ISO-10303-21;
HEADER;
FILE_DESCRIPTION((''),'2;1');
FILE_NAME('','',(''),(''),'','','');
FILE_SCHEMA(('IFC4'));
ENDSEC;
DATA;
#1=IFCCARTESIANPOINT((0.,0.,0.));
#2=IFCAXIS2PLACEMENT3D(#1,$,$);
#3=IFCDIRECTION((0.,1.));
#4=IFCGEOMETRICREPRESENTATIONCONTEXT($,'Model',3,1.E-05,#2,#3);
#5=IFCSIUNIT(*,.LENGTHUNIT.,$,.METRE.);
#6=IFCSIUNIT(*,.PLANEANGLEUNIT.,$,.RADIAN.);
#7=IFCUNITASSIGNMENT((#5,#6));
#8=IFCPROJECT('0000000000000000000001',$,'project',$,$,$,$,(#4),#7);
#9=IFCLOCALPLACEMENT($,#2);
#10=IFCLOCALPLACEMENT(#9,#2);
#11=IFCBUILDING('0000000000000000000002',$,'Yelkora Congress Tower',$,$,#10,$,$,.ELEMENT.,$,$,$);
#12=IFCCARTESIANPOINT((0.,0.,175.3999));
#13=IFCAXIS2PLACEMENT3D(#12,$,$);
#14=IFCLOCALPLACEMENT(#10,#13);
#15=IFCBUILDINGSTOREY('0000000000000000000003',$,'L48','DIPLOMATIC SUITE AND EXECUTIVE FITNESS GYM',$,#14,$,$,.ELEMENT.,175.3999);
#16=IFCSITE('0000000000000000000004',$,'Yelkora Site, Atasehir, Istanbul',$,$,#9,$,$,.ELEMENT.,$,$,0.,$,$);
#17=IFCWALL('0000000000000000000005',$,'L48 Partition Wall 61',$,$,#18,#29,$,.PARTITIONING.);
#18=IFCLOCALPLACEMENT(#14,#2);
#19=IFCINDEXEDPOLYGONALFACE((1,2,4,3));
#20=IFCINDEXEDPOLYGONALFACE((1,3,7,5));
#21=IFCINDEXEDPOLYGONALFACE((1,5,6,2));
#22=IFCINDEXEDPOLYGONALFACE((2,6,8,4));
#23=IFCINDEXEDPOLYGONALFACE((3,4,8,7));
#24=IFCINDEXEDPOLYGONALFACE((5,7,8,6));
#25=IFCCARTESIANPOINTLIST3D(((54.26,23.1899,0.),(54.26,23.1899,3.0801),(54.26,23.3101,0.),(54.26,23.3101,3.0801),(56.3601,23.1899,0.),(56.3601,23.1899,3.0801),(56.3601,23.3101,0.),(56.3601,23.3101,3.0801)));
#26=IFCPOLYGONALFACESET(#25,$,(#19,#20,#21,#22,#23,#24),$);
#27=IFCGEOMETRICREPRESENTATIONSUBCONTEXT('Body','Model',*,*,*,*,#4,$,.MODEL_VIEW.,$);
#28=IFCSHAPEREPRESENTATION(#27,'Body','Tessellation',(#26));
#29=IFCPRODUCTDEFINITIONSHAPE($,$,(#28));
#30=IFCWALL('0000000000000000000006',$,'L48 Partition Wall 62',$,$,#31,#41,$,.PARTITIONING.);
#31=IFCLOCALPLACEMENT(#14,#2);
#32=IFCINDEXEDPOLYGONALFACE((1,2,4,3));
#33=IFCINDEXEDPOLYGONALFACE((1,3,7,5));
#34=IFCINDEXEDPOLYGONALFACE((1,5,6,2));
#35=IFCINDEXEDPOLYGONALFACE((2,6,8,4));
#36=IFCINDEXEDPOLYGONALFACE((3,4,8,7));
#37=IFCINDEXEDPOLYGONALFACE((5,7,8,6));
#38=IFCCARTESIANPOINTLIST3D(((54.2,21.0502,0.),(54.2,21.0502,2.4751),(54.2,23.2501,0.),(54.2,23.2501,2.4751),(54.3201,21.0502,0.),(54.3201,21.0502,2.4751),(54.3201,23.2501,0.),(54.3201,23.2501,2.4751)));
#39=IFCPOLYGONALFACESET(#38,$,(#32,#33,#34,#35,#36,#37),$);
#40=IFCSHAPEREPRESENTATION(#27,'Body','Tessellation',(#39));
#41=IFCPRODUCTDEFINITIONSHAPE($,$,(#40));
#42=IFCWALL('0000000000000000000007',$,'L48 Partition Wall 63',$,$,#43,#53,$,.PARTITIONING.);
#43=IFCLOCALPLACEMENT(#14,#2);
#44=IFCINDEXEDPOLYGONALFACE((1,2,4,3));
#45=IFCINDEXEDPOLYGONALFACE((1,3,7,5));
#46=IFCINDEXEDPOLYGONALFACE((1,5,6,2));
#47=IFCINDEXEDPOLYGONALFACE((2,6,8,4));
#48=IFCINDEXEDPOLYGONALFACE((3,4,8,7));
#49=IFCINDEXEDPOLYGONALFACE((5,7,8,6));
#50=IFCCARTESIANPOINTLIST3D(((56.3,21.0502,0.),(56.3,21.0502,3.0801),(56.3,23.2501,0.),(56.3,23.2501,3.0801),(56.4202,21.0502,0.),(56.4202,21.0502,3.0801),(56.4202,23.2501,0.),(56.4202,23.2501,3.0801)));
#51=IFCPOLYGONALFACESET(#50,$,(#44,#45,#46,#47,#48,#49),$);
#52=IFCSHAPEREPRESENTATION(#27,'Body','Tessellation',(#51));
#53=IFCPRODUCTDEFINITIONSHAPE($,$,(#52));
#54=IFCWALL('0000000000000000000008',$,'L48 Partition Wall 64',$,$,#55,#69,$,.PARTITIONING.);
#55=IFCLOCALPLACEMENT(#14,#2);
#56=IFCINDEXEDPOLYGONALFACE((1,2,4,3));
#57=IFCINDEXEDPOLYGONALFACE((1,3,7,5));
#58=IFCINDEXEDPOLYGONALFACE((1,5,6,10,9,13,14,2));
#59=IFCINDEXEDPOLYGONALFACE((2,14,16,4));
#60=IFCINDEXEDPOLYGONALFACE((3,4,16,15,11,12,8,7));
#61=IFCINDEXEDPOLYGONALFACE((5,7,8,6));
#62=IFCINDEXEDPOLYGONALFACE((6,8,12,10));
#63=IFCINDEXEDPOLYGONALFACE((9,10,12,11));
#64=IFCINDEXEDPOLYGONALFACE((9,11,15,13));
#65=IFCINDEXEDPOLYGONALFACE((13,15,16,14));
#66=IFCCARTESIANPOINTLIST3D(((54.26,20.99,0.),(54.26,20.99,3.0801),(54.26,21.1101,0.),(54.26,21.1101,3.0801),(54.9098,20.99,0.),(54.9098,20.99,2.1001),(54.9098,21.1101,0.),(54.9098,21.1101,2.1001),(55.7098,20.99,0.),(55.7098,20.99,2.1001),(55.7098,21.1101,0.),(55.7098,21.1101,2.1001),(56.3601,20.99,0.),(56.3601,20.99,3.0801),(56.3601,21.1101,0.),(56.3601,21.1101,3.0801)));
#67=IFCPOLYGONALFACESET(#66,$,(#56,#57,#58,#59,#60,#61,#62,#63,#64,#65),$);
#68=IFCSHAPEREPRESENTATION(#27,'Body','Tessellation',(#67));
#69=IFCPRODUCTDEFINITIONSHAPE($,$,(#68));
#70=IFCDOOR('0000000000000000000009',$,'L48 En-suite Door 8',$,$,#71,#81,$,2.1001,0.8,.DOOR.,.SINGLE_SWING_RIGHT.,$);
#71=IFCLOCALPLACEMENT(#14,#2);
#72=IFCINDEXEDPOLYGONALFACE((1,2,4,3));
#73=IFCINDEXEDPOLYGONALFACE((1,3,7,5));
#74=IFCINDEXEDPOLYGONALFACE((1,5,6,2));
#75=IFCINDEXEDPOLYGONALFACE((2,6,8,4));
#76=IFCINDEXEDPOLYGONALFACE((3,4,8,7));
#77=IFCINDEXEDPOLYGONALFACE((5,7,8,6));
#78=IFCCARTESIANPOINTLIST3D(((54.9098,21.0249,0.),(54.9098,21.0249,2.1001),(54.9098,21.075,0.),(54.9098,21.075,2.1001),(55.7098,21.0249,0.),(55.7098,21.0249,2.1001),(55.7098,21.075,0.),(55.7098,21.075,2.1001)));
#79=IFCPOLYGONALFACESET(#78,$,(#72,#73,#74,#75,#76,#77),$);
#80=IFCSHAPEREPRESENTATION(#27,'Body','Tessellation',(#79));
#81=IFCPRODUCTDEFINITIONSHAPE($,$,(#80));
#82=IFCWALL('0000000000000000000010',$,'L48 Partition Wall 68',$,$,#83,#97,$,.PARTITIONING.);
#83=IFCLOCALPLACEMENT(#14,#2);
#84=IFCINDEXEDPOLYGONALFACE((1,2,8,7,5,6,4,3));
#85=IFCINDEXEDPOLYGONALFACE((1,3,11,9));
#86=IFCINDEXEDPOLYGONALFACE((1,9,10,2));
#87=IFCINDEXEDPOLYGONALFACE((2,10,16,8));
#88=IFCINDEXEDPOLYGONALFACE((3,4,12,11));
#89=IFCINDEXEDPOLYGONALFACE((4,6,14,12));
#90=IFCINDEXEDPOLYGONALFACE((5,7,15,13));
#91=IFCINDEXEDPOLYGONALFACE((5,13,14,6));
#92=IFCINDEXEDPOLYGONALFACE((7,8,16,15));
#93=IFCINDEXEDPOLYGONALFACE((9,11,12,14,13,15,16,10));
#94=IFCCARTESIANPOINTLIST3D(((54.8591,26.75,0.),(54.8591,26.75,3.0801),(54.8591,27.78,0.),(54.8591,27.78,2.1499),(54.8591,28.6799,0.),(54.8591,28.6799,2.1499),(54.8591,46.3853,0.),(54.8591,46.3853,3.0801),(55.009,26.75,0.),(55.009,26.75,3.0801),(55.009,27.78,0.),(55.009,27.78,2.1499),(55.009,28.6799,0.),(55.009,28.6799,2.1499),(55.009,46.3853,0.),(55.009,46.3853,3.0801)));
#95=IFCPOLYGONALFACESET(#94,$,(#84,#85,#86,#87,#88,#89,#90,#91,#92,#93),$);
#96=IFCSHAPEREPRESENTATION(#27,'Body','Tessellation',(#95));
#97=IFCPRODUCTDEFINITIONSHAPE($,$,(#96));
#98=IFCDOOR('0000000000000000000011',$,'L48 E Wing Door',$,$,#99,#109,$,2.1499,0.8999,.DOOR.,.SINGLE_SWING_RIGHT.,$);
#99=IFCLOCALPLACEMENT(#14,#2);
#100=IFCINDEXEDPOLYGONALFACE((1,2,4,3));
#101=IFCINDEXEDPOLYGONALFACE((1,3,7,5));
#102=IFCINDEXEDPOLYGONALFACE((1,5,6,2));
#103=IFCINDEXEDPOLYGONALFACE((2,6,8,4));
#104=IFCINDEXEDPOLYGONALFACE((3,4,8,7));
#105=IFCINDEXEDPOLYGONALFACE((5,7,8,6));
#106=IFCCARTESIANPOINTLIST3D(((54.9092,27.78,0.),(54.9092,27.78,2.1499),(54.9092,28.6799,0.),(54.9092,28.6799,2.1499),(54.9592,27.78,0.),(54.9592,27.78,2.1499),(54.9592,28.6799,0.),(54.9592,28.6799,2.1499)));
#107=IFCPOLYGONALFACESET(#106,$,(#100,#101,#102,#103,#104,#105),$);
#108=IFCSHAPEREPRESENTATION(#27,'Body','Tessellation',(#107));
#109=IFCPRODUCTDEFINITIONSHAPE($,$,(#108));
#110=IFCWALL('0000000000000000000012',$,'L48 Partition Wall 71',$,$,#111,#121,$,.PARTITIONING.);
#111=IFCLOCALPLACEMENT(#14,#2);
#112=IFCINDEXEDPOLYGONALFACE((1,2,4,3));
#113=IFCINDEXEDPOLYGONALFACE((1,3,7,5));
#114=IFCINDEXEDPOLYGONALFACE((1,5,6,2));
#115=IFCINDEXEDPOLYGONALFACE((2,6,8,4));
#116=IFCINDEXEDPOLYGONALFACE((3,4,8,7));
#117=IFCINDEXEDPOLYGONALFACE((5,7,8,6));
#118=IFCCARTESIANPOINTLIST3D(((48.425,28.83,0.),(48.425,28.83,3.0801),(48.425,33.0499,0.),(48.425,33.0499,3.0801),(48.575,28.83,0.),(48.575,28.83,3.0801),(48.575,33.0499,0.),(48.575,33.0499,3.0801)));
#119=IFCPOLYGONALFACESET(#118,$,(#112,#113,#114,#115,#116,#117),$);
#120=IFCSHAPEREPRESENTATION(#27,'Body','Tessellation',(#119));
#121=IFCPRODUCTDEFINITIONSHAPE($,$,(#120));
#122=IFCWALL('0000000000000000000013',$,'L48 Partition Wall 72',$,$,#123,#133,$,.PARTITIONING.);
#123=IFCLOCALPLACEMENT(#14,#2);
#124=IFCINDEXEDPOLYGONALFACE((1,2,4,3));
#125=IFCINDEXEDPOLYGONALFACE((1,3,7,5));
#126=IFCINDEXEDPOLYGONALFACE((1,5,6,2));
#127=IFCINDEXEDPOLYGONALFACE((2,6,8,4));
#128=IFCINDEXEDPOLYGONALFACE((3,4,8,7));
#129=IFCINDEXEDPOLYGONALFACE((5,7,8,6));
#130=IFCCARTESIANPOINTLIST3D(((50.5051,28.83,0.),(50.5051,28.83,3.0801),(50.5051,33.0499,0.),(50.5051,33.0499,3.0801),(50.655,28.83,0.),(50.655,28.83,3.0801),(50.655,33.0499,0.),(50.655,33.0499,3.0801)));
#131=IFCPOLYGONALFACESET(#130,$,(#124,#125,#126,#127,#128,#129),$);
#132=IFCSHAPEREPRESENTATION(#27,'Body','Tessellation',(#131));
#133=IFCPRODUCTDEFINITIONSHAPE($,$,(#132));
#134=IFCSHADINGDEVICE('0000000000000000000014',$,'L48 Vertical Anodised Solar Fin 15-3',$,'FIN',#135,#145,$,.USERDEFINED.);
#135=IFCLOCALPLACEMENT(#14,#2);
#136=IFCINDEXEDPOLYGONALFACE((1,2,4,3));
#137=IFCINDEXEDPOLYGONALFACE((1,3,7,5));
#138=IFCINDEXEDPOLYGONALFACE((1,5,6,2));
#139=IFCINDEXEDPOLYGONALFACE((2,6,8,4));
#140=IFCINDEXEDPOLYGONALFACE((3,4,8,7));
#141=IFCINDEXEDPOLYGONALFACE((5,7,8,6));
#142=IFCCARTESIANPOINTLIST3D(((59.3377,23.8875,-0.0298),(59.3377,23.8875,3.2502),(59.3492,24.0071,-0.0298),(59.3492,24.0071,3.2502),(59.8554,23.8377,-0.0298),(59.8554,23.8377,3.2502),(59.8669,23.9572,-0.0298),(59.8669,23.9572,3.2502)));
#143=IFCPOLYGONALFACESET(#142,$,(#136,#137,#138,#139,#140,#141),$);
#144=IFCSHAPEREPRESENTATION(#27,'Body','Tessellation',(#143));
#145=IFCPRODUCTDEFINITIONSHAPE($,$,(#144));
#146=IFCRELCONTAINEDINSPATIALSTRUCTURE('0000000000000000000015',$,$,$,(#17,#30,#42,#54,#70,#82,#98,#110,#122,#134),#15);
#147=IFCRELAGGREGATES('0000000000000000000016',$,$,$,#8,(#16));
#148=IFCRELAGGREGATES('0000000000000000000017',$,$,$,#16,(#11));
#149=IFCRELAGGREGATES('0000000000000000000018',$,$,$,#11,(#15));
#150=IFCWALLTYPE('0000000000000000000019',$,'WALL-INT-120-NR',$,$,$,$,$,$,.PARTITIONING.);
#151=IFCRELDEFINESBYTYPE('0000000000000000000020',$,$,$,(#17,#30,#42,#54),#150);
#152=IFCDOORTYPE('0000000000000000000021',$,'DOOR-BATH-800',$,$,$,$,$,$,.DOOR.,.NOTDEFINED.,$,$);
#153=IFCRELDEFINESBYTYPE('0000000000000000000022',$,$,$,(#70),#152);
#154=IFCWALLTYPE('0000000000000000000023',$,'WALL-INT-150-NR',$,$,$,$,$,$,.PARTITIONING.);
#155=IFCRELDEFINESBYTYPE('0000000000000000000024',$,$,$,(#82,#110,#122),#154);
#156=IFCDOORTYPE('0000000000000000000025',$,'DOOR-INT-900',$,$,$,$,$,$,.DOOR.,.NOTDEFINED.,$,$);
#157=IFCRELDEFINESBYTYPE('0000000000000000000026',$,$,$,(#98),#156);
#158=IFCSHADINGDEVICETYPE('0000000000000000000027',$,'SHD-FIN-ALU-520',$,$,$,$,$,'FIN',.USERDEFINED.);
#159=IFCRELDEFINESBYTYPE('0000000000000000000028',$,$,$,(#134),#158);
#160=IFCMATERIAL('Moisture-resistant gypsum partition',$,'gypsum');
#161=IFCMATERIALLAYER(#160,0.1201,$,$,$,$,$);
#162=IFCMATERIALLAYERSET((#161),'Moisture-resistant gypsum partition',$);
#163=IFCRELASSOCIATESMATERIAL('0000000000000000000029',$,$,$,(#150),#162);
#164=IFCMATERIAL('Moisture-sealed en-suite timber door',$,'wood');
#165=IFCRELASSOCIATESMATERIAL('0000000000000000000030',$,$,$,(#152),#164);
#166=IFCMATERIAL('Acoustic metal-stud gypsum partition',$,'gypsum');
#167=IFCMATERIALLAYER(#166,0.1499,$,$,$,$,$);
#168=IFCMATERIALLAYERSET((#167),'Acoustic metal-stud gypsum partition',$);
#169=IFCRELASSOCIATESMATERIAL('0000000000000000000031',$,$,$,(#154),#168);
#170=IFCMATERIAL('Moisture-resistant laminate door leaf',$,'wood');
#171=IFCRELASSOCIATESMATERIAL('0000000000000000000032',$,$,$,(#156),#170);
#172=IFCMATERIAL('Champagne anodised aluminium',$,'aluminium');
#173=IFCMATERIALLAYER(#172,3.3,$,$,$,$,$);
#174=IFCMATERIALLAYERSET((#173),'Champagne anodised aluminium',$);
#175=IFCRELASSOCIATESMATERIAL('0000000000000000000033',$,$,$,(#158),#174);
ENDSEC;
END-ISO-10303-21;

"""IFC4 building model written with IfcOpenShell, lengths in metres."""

from ifc_helpers import new_model, si_unit, direction, frame, frame_2d, origin, origin_2d, place, context, subcontext, project, spatial, rectangle, extrude, material, layer, layer_set, type_object, element, fill, save


model = new_model("IFC4")

# Units and contexts
model_context = context("Model", 3, precision=1e-05, world=origin(), true_north=direction((0.0, 1.0)))
body_context = subcontext(model_context, "Body", "Model", "MODEL_VIEW")
ifc_project = project(units=[si_unit("LENGTHUNIT", "METRE"), si_unit("PLANEANGLEUNIT", "RADIAN")], contexts=[model_context])

# Site, building, storey
site_placement = place(None, origin())
site = spatial("IfcSite", under=ifc_project, at=site_placement, Name="Yelkora Site, Atasehir, Istanbul", CompositionType="ELEMENT", RefElevation=0.0)
building_placement = place(site_placement, origin())
building = spatial("IfcBuilding", under=site, at=building_placement, Name="Yelkora Congress Tower", CompositionType="ELEMENT")
storey_placement = place(building_placement, frame((0.0, 0.0, 175.3999)))
storey = spatial("IfcBuildingStorey", under=building, at=storey_placement, Name="L48", Description="DIPLOMATIC SUITE AND EXECUTIVE FITNESS GYM", CompositionType="ELEMENT", Elevation=175.3999)

# Walls
ifc_material_1 = material(Name="Moisture-resistant gypsum partition", Category="gypsum")
ifc_layer_1 = layer(ifc_material_1, 0.1201)
ifc_layer_set_1 = layer_set([ifc_layer_1], Name="Moisture-resistant gypsum partition")
wall_type_1 = type_object("IfcWallType", Name="WALL-INT-120-NR", PredefinedType="PARTITIONING", material=ifc_layer_set_1)
wall_1_placement = place(storey_placement, frame((54.26, 23.25, 0.0), z_axis=(0.0, 0.0, 1.0), x_axis=(1.0, 0.0, 0.0)))
element("IfcWall", 1, at=wall_1_placement, inside=storey, type_object=wall_type_1, Name="L48 Partition Wall 61", PredefinedType="PARTITIONING", context=body_context, shape_type="SweptSolid", body=[
    extrude(rectangle(XDim=2.1001, YDim=0.1201, at=frame_2d((1.05, 0.0))), origin(), (0.0, 0.0, 1.0), 3.0801),
])
wall_2_placement = place(storey_placement, frame((54.26, 21.05, 0.0), z_axis=(0.0, 0.0, 1.0), x_axis=(0.0, 1.0, 0.0)))
element("IfcWall", 2, at=wall_2_placement, inside=storey, type_object=wall_type_1, Name="L48 Partition Wall 62", PredefinedType="PARTITIONING", context=body_context, shape_type="SweptSolid", body=[
    extrude(rectangle(XDim=2.2, YDim=0.1201, at=frame_2d((1.1001, 0.0))), origin(), (0.0, 0.0, 1.0), 2.4751),
])
wall_3_placement = place(storey_placement, frame((56.3601, 21.05, 0.0), z_axis=(0.0, 0.0, 1.0), x_axis=(0.0, 1.0, 0.0)))
element("IfcWall", 3, at=wall_3_placement, inside=storey, type_object=wall_type_1, Name="L48 Partition Wall 63", PredefinedType="PARTITIONING", context=body_context, shape_type="SweptSolid", body=[
    extrude(rectangle(XDim=2.2, YDim=0.1201, at=frame_2d((1.1001, 0.0))), origin(), (0.0, 0.0, 1.0), 3.0801),
])

# Walls, openings, doors
wall_4_placement = place(storey_placement, frame((54.26, 21.05, 0.0), z_axis=(0.0, 0.0, 1.0), x_axis=(1.0, 0.0, 0.0)))
wall_4 = element("IfcWall", 4, at=wall_4_placement, inside=storey, type_object=wall_type_1, Name="L48 Partition Wall 64", PredefinedType="PARTITIONING", context=body_context, shape_type="SweptSolid", body=[
    extrude(rectangle(XDim=2.1001, YDim=0.1201, at=frame_2d((1.05, 0.0))), origin(), (0.0, 0.0, 1.0), 3.0801),
])
opening_1_placement = place(wall_4_placement, frame((0.6499, 0.0, 0.0)))
opening_1 = element("IfcOpeningElement", 5, at=opening_1_placement, cuts=wall_4, PredefinedType="OPENING", context=body_context, shape_type="SweptSolid", body=[
    extrude(rectangle(XDim=0.8, YDim=2.1001, at=frame_2d((0.3999, 1.05))), frame((0.0, 0.0701, 0.0), z_axis=(0.0, -1.0, 0.0), x_axis=(1.0, 0.0, 0.0)), (0.0, 0.0, 1.0), 0.1401),
])
ifc_material_2 = material(Name="Moisture-sealed en-suite timber door", Category="wood")
door_type_1 = type_object("IfcDoorType", Name="DOOR-BATH-800", OperationType="NOTDEFINED", PredefinedType="DOOR", material=ifc_material_2)
door_1_placement = place(opening_1_placement, origin())
door_1 = element("IfcDoor", 6, at=door_1_placement, inside=storey, type_object=door_type_1, Name="L48 En-suite Door 8", OperationType="SINGLE_SWING_RIGHT", OverallHeight=2.1001, OverallWidth=0.8, PredefinedType="DOOR", context=body_context, shape_type="SweptSolid", body=[
    extrude(rectangle(XDim=0.8, YDim=2.1001, at=frame_2d((0.3999, 1.05))), frame((0.0, 0.0249, 0.0), z_axis=(0.0, -1.0, 0.0), x_axis=(1.0, 0.0, 0.0)), (0.0, 0.0, 1.0), 0.05),
])
fill(opening_1, door_1)
ifc_material_3 = material(Name="Acoustic metal-stud gypsum partition", Category="gypsum")
ifc_layer_2 = layer(ifc_material_3, 0.1499)
ifc_layer_set_2 = layer_set([ifc_layer_2], Name="Acoustic metal-stud gypsum partition")
wall_type_2 = type_object("IfcWallType", Name="WALL-INT-150-NR", PredefinedType="PARTITIONING", material=ifc_layer_set_2)
wall_5_placement = place(storey_placement, frame((54.9341, 26.75, 0.0), z_axis=(0.0, 0.0, 1.0), x_axis=(0.0, 1.0, 0.0)))
wall_5 = element("IfcWall", 7, at=wall_5_placement, inside=storey, type_object=wall_type_2, Name="L48 Partition Wall 68", PredefinedType="PARTITIONING", context=body_context, shape_type="SweptSolid", body=[
    extrude(rectangle(XDim=19.6353, YDim=0.1499, at=frame_2d((9.8176, 0.0))), origin(), (0.0, 0.0, 1.0), 3.0801),
])
opening_2_placement = place(wall_5_placement, frame((1.03, 0.0, 0.0)))
opening_2 = element("IfcOpeningElement", 8, at=opening_2_placement, cuts=wall_5, PredefinedType="OPENING", context=body_context, shape_type="SweptSolid", body=[
    extrude(rectangle(XDim=0.8999, YDim=2.1499, at=frame_2d((0.45, 1.075))), frame((0.0, 0.085, 0.0), z_axis=(0.0, -1.0, 0.0), x_axis=(1.0, 0.0, 0.0)), (0.0, 0.0, 1.0), 0.1699),
])
ifc_material_4 = material(Name="Moisture-resistant laminate door leaf", Category="wood")
door_type_2 = type_object("IfcDoorType", Name="DOOR-INT-900", OperationType="NOTDEFINED", PredefinedType="DOOR", material=ifc_material_4)
door_2_placement = place(opening_2_placement, origin())
door_2 = element("IfcDoor", 9, at=door_2_placement, inside=storey, type_object=door_type_2, Name="L48 E Wing Door", OperationType="SINGLE_SWING_RIGHT", OverallHeight=2.1499, OverallWidth=0.8999, PredefinedType="DOOR", context=body_context, shape_type="SweptSolid", body=[
    extrude(rectangle(XDim=0.8999, YDim=2.1499, at=frame_2d((0.45, 1.075))), frame((0.0, 0.0249, 0.0), z_axis=(0.0, -1.0, 0.0), x_axis=(1.0, 0.0, 0.0)), (0.0, 0.0, 1.0), 0.05),
])
fill(opening_2, door_2)

# Walls
for number, where, z_axis, x_axis, name in (
    (10, (48.5, 28.8301, 0.0), (0.0, 0.0, 1.0), (0.0, 1.0, 0.0), "L48 Partition Wall 71"),
    (11, (50.5801, 28.8301, 0.0), (0.0, 0.0, 1.0), (0.0, 1.0, 0.0), "L48 Partition Wall 72"),
):
    element("IfcWall", number, at=place(storey_placement, frame(where, z_axis=z_axis, x_axis=x_axis)), inside=storey, type_object=wall_type_2, Name=name, PredefinedType="PARTITIONING", context=body_context, shape_type="SweptSolid", body=[
        extrude(rectangle(XDim=4.22, YDim=0.1499, at=frame_2d((2.1099, 0.0))), origin(), (0.0, 0.0, 1.0), 3.0801),
    ])

# Shading device
ifc_material_5 = material(Name="Champagne anodised aluminium", Category="aluminium")
ifc_layer_3 = layer(ifc_material_5, 3.3)
ifc_layer_set_3 = layer_set([ifc_layer_3], Name="Champagne anodised aluminium")
shading_device_type = type_object("IfcShadingDeviceType", Name="SHD-FIN-ALU-520", ElementType="FIN", PredefinedType="USERDEFINED", material=ifc_layer_set_3)
shading_device_placement = place(storey_placement, frame((59.6023, 23.9224, -0.0298), z_axis=(0.0, 0.0, 1.0), x_axis=(-0.095846, -0.995396, 0.0)))
element("IfcShadingDevice", 12, at=shading_device_placement, inside=storey, type_object=shading_device_type, Name="L48 Vertical Anodised Solar Fin 15-3", ObjectType="FIN", PredefinedType="USERDEFINED", context=body_context, shape_type="SweptSolid", body=[
    extrude(rectangle(XDim=0.1201, YDim=0.52, at=origin_2d()), origin(), (0.0, 0.0, 1.0), 3.28),
])

save(model, "model.ifc")
